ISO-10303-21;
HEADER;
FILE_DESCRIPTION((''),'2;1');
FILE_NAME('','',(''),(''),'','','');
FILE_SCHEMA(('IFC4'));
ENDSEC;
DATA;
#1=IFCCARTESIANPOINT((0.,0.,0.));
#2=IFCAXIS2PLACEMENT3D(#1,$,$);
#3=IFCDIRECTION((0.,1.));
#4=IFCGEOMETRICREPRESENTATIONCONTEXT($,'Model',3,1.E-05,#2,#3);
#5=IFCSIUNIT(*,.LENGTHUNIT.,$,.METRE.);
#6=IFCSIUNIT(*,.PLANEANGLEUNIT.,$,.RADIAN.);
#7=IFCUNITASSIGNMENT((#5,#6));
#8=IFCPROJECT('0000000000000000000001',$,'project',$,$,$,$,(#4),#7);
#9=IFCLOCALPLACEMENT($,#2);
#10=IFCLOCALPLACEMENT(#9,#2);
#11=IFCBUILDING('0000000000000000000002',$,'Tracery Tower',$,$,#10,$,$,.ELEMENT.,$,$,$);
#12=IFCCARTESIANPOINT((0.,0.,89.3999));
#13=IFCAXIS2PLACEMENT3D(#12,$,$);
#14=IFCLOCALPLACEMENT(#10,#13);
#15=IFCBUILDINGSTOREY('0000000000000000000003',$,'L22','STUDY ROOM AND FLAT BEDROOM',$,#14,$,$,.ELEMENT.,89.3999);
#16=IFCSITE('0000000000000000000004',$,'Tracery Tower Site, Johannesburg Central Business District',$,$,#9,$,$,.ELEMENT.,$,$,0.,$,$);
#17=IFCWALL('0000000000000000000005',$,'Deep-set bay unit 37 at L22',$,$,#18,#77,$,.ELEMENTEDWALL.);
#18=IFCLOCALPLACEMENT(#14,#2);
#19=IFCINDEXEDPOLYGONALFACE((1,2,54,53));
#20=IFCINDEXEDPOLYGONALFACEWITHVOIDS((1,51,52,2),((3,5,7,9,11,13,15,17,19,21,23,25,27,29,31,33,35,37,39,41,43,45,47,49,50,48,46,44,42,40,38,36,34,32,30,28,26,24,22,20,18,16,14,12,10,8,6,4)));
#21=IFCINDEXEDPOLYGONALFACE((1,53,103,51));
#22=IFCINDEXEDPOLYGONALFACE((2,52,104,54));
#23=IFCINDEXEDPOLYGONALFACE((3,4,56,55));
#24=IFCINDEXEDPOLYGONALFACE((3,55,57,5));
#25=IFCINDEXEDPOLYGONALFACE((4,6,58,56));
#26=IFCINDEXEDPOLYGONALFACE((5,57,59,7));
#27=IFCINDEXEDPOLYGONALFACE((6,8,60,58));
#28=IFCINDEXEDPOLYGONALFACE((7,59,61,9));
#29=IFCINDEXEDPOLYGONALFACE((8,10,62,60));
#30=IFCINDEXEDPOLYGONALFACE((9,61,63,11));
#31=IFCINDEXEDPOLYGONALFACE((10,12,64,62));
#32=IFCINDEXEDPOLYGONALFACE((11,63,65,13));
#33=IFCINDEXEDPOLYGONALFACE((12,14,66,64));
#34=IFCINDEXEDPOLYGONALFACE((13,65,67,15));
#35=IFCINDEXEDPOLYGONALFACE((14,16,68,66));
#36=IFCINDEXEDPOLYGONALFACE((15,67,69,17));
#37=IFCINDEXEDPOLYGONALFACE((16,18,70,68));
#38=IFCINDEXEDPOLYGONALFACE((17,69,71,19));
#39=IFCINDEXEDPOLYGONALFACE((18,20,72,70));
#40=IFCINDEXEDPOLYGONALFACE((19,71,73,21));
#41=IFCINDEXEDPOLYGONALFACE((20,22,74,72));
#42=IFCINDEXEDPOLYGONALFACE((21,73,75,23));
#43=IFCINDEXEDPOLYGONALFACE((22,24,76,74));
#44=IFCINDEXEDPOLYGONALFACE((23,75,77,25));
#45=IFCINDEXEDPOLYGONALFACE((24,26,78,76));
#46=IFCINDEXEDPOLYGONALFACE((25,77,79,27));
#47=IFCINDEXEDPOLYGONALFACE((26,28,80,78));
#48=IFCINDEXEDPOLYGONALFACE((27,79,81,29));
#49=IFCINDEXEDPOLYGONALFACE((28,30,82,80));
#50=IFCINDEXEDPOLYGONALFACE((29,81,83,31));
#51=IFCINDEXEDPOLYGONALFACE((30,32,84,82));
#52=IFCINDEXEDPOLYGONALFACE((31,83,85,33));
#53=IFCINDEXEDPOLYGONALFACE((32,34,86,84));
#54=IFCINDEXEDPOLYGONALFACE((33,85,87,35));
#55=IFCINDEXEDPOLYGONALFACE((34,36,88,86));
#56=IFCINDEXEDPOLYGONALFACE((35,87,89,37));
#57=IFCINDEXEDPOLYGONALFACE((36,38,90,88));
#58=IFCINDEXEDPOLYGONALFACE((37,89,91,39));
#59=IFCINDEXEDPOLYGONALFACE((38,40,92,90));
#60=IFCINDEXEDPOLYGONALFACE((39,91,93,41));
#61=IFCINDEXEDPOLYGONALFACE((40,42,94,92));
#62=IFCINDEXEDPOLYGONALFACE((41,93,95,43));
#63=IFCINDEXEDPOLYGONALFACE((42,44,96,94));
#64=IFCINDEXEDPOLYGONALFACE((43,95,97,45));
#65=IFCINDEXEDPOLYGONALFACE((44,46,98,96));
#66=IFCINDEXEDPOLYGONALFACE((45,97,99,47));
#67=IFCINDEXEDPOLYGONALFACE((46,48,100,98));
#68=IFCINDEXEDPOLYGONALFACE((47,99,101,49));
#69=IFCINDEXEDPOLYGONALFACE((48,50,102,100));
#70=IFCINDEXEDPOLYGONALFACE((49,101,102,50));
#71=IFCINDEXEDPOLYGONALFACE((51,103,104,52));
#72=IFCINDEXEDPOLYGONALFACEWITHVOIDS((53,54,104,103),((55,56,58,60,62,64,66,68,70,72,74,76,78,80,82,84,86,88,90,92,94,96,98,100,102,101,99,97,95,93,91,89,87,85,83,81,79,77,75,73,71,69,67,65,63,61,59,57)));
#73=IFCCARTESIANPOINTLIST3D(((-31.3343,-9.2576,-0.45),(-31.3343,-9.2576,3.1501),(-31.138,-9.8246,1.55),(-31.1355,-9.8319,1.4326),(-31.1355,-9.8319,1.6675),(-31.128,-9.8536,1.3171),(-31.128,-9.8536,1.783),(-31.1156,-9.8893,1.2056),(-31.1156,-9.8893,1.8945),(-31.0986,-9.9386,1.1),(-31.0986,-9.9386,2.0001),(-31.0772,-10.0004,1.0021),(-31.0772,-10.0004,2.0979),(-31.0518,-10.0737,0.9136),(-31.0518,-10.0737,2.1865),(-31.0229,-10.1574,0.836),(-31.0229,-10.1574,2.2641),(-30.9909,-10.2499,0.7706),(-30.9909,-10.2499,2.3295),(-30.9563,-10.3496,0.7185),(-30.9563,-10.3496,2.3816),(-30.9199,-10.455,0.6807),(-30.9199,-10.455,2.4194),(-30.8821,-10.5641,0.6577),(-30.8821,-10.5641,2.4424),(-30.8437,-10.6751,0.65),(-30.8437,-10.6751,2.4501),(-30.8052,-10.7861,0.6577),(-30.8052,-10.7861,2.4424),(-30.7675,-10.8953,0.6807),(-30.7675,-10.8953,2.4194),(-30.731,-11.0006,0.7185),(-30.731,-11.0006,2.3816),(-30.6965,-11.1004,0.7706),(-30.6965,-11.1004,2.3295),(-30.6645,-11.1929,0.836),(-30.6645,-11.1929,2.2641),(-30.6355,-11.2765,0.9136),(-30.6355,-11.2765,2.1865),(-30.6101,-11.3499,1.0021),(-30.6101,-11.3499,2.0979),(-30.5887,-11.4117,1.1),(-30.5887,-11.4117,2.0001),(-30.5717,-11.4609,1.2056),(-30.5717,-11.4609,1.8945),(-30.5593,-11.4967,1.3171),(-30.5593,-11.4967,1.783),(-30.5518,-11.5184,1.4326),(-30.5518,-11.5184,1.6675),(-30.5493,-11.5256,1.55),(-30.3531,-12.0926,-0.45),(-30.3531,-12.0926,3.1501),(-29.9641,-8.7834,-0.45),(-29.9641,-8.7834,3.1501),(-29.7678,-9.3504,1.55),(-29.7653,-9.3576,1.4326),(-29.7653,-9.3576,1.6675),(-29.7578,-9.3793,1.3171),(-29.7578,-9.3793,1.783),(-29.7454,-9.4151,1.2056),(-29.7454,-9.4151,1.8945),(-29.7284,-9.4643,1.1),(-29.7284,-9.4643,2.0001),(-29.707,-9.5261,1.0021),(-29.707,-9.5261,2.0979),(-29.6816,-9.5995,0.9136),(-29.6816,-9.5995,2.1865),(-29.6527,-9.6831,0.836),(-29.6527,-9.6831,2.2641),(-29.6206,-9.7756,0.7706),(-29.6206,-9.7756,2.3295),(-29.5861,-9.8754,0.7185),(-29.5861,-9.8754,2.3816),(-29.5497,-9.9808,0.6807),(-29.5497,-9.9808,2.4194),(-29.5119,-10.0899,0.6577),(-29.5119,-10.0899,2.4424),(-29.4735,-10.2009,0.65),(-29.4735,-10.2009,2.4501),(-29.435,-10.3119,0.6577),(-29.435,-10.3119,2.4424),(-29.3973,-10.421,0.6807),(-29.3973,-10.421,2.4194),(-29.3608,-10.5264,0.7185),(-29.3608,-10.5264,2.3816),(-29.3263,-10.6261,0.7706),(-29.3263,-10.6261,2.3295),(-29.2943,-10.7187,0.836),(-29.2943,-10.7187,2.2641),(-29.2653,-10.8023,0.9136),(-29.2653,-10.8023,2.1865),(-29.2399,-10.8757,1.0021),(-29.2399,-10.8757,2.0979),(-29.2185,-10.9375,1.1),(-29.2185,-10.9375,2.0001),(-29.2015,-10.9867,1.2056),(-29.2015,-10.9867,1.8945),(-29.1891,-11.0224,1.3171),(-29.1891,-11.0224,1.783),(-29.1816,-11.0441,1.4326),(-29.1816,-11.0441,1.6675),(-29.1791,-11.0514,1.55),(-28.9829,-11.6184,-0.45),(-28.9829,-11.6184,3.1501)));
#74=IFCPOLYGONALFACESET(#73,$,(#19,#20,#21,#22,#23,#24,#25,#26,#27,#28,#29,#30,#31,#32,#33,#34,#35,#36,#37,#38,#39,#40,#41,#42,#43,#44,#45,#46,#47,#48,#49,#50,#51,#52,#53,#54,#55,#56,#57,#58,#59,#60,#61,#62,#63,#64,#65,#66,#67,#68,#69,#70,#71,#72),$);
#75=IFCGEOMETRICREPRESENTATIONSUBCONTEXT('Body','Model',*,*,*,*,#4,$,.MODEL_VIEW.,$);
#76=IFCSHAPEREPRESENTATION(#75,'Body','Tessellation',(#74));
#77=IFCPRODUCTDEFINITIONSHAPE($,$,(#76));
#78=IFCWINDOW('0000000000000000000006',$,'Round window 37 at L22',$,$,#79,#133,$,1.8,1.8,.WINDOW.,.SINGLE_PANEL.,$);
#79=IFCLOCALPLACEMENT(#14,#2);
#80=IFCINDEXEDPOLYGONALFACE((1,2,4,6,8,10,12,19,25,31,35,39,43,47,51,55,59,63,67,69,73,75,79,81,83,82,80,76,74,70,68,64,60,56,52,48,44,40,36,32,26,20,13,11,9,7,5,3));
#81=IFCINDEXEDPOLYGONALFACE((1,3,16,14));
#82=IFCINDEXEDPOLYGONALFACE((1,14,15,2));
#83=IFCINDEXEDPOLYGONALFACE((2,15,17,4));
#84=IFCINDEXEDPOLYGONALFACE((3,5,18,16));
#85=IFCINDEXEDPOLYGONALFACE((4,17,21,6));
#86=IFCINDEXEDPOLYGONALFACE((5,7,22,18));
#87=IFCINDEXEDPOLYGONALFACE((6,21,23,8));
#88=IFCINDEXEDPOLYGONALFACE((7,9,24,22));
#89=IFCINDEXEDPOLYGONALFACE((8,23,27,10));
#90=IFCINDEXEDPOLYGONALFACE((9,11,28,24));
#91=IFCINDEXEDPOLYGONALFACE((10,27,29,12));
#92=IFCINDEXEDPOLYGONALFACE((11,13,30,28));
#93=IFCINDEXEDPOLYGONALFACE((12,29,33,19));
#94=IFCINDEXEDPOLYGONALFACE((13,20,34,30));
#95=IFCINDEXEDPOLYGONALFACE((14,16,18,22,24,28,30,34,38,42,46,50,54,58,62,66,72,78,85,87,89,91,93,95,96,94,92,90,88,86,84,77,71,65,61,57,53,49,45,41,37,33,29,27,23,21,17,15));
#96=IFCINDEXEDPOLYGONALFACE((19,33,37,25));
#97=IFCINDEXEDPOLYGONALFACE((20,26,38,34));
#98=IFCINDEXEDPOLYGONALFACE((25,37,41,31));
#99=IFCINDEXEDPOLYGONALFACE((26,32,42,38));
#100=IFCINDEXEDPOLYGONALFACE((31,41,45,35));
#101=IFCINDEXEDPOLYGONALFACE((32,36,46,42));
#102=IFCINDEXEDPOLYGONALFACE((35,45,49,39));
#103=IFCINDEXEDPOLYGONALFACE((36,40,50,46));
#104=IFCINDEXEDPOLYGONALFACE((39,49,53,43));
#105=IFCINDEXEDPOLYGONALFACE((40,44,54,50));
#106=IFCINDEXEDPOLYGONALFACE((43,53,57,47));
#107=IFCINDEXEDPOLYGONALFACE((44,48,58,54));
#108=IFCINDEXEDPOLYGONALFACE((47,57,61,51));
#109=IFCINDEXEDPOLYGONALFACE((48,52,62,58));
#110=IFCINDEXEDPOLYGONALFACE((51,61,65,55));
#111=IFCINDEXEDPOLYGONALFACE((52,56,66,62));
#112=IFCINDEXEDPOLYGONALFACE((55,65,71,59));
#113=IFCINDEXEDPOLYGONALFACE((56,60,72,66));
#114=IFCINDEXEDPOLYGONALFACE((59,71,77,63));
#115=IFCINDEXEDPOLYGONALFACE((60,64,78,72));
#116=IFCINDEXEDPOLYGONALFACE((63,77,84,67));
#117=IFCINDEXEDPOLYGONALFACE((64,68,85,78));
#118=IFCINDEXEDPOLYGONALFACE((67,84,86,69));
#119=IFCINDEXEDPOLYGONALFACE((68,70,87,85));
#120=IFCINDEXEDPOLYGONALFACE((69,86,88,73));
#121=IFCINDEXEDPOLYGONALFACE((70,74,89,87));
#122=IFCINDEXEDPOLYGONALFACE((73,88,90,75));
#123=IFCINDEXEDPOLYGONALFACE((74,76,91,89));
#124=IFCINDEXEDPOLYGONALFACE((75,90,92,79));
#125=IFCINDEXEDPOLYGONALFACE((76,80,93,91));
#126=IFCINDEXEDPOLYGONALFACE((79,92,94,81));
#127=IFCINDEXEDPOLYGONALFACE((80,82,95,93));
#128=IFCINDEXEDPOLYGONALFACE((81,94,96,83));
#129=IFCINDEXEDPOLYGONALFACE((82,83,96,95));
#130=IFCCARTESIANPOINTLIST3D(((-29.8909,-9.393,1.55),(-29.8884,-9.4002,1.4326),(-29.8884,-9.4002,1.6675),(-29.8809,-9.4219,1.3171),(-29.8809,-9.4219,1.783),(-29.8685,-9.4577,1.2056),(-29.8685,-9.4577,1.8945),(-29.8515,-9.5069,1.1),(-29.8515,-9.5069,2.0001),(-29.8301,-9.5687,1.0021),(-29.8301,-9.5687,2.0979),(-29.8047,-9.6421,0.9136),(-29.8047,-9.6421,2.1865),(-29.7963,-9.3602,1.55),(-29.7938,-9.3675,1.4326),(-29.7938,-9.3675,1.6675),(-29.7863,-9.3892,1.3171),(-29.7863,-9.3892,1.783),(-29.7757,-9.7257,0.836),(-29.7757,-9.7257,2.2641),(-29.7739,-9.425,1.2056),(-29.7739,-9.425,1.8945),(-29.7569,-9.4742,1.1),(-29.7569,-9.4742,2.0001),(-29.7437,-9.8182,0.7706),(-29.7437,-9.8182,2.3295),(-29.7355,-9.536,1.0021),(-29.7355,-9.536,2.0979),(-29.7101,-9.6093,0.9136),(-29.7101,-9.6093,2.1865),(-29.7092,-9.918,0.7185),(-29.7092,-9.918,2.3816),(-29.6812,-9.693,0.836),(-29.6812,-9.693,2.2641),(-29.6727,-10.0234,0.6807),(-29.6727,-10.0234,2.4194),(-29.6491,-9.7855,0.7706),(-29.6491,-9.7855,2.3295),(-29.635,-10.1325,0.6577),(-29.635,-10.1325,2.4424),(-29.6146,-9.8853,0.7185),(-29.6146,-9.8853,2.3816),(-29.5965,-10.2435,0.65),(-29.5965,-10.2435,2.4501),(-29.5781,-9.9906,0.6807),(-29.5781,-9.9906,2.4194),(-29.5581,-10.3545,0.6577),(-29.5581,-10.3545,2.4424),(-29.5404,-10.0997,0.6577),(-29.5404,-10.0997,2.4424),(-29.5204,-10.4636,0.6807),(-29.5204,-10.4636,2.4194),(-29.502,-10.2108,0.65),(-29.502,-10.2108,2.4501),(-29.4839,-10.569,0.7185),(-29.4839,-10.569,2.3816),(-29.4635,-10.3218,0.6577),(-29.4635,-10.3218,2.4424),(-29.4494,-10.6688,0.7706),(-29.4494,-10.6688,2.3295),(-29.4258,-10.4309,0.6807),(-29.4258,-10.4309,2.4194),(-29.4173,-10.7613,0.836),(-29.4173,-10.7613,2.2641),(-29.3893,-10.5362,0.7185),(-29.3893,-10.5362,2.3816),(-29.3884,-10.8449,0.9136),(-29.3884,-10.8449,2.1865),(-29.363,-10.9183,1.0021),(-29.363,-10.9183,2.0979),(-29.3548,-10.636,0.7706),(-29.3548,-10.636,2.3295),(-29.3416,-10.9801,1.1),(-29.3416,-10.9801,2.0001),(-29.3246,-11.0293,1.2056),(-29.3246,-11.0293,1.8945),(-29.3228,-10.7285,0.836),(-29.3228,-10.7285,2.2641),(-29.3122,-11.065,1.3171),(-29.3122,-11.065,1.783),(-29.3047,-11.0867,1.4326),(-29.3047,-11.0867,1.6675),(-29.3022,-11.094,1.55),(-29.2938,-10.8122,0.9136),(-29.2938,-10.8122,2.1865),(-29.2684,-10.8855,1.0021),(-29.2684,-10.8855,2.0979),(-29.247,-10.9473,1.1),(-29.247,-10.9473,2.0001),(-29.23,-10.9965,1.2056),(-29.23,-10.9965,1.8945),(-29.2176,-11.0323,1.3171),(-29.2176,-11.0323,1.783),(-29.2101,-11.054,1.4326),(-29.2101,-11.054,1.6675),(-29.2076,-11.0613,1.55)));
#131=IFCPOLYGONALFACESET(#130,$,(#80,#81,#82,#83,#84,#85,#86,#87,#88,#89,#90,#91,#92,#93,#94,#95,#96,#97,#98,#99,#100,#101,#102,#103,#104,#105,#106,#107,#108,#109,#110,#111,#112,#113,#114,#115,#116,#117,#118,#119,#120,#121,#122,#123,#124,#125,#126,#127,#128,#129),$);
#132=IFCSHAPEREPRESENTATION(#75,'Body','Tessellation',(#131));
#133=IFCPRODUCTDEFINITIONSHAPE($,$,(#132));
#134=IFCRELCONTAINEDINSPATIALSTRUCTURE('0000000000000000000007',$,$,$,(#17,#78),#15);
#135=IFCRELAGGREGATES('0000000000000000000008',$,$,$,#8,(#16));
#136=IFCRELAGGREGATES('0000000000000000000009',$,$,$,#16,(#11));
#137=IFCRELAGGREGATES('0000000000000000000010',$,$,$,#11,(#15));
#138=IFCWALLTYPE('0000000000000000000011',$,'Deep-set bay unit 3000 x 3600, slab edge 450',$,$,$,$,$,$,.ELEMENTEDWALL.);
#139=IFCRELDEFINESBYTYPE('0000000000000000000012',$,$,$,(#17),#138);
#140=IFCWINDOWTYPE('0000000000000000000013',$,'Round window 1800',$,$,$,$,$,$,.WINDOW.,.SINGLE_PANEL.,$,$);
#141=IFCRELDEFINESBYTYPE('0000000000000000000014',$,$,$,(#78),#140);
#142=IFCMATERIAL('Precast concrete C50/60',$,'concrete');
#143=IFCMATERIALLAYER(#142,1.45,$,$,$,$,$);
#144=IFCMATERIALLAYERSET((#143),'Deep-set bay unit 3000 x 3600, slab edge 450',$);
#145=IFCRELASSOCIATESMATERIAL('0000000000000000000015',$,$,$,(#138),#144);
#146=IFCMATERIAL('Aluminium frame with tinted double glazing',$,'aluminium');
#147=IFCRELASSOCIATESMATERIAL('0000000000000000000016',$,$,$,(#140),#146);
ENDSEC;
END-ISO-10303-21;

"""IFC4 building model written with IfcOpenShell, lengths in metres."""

from ifc_helpers import new_model, si_unit, direction, frame, frame_2d, origin, origin_2d, place, context, subcontext, project, spatial, rectangle, circle, extrude, material, layer, layer_set, type_object, element, fill, save


model = new_model("IFC4")

# Units and contexts
model_context = context("Model", 3, precision=1e-05, world=origin(), true_north=direction((0.0, 1.0)))
body_context = subcontext(model_context, "Body", "Model", "MODEL_VIEW")
ifc_project = project(units=[si_unit("LENGTHUNIT", "METRE"), si_unit("PLANEANGLEUNIT", "RADIAN")], contexts=[model_context])

# Site, building, storey
site_placement = place(None, origin())
site = spatial("IfcSite", under=ifc_project, at=site_placement, Name="Tracery Tower Site, Johannesburg Central Business District", CompositionType="ELEMENT", RefElevation=0.0)
building_placement = place(site_placement, origin())
building = spatial("IfcBuilding", under=site, at=building_placement, Name="Tracery Tower", CompositionType="ELEMENT")
storey_placement = place(building_placement, frame((0.0, 0.0, 89.3999)))
storey = spatial("IfcBuildingStorey", under=building, at=storey_placement, Name="L22", Description="STUDY ROOM AND FLAT BEDROOM", CompositionType="ELEMENT", Elevation=89.3999)

# Wall, opening, window
ifc_material_1 = material(Name="Precast concrete C50/60", Category="concrete")
ifc_layer_1 = layer(ifc_material_1, 1.45)
ifc_layer_set_1 = layer_set([ifc_layer_1], Name="Deep-set bay unit 3000 x 3600, slab edge 450")
wall_type_1 = type_object("IfcWallType", Name="Deep-set bay unit 3000 x 3600, slab edge 450", PredefinedType="ELEMENTEDWALL", material=ifc_layer_set_1)
ifc_material_2 = material(Name="Aluminium frame with tinted double glazing", Category="aluminium")
window_type = type_object("IfcWindowType", Name="Round window 1800", PartitioningType="SINGLE_PANEL", PredefinedType="WINDOW", material=ifc_material_2)
wall_1_placement = place(storey_placement, frame((-30.6492, -9.0205, -0.45), z_axis=(0.0, 0.0, 1.0), x_axis=(0.327071, -0.945, 0.0)))
wall_1 = element("IfcWall", 1, at=wall_1_placement, inside=storey, type_object=wall_type_1, Name="Deep-set bay unit 37 at L22", PredefinedType="ELEMENTEDWALL", context=body_context, shape_type="SweptSolid", body=[
    extrude(rectangle(XDim=3.0, YDim=1.45, at=frame_2d((1.5, 0.0))), origin(), (0.0, 0.0, 1.0), 3.6001),
])
opening_1_placement = place(wall_1_placement, frame((1.5, 0.0, 2.0)))
opening_1 = element("IfcOpeningElement", 2, at=opening_1_placement, cuts=wall_1, PredefinedType="OPENING", context=body_context, shape_type="SweptSolid", body=[
    extrude(circle(Radius=0.9, at=origin_2d()), frame((0.0, 0.7349, 0.0), z_axis=(0.0, -1.0, 0.0), x_axis=(1.0, 0.0, 0.0)), (0.0, 0.0, 1.0), 1.47),
])
window_1_placement = place(opening_1_placement, origin())
window_1 = element("IfcWindow", 3, at=window_1_placement, inside=storey, type_object=window_type, Name="Round window 37 at L22", OverallHeight=1.8, OverallWidth=1.8, PartitioningType="SINGLE_PANEL", PredefinedType="WINDOW", context=body_context, shape_type="SweptSolid", body=[
    extrude(circle(Radius=0.9, at=origin_2d()), frame((0.0, 0.6948, 0.0), z_axis=(0.0, -1.0, 0.0), x_axis=(1.0, 0.0, 0.0)), (0.0, 0.0, 1.0), 0.1001),
])
fill(opening_1, window_1)

save(model, "model.ifc")
